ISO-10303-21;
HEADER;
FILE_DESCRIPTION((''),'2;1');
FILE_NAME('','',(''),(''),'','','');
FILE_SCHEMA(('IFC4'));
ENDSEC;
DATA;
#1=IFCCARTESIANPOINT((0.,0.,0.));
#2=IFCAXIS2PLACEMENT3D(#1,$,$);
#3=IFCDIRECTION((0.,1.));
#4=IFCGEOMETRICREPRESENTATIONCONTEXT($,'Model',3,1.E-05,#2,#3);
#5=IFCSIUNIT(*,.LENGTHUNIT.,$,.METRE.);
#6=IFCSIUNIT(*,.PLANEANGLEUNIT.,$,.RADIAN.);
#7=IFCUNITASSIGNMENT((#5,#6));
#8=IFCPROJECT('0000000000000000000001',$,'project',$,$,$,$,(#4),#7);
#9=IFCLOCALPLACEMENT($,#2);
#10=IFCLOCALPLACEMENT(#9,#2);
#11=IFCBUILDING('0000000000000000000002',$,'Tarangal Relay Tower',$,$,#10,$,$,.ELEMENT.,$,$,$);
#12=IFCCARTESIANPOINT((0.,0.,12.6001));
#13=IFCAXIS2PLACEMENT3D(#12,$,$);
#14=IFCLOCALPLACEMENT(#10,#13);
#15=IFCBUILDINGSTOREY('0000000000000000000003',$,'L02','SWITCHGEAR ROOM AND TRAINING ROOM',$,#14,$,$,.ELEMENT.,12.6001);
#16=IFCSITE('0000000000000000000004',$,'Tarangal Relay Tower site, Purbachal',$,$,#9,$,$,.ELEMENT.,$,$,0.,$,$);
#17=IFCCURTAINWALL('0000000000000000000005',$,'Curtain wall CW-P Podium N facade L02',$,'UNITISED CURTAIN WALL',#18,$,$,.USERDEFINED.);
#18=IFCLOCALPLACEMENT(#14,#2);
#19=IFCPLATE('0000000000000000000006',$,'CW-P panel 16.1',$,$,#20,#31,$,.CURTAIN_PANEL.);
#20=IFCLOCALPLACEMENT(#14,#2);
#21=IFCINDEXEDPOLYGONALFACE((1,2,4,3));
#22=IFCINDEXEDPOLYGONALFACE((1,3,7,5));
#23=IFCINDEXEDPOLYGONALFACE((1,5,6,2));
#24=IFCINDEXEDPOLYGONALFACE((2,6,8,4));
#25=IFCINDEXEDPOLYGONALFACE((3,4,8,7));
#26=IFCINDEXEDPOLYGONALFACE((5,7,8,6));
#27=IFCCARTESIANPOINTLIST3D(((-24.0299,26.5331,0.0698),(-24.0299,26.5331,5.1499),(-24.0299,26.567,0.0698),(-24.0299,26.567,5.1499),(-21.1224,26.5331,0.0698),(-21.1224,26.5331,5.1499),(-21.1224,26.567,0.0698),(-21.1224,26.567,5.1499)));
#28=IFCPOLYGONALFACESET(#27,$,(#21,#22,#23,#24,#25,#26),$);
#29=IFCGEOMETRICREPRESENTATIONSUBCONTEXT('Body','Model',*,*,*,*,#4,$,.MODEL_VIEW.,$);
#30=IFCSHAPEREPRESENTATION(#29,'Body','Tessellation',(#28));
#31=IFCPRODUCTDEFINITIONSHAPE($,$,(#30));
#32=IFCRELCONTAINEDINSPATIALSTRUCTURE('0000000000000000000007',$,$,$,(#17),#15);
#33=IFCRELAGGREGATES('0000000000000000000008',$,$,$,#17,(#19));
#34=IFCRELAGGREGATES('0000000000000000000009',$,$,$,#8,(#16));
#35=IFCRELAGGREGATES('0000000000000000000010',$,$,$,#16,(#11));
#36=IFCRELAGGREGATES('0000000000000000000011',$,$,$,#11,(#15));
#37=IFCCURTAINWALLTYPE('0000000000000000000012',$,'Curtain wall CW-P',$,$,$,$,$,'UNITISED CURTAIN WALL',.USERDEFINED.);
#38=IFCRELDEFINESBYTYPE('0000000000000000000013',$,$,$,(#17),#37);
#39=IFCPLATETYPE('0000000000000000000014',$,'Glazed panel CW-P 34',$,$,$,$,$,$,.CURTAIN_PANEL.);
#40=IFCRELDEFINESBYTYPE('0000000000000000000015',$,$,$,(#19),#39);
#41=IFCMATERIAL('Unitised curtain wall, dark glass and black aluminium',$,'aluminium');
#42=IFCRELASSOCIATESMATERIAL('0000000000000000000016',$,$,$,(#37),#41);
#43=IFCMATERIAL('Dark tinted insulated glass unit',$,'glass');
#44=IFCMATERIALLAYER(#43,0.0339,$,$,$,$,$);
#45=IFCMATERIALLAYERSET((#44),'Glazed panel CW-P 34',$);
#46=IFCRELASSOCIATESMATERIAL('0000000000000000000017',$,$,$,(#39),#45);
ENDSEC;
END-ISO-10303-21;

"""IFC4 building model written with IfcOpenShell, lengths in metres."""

from ifc_helpers import new_model, si_unit, direction, frame, origin, origin_2d, place, context, subcontext, project, spatial, rectangle, extrude, material, layer, layer_set, type_object, element, aggregate, save


model = new_model("IFC4")

# Units and contexts
model_context = context("Model", 3, precision=1e-05, world=origin(), true_north=direction((0.0, 1.0)))
body_context = subcontext(model_context, "Body", "Model", "MODEL_VIEW")
ifc_project = project(units=[si_unit("LENGTHUNIT", "METRE"), si_unit("PLANEANGLEUNIT", "RADIAN")], contexts=[model_context])

# Site, building, storey
site_placement = place(None, origin())
site = spatial("IfcSite", under=ifc_project, at=site_placement, Name="Tarangal Relay Tower site, Purbachal", CompositionType="ELEMENT", RefElevation=0.0)
building_placement = place(site_placement, origin())
building = spatial("IfcBuilding", under=site, at=building_placement, Name="Tarangal Relay Tower", CompositionType="ELEMENT")
storey_placement = place(building_placement, frame((0.0, 0.0, 12.6001)))
storey = spatial("IfcBuildingStorey", under=building, at=storey_placement, Name="L02", Description="SWITCHGEAR ROOM AND TRAINING ROOM", CompositionType="ELEMENT", Elevation=12.6001)

# Curtain wall
ifc_material_1 = material(Name="Unitised curtain wall, dark glass and black aluminium", Category="aluminium")
curtain_wall_type = type_object("IfcCurtainWallType", Name="Curtain wall CW-P", ElementType="UNITISED CURTAIN WALL", PredefinedType="USERDEFINED", material=ifc_material_1)
curtain_wall_placement = place(storey_placement, origin())
curtain_wall = element("IfcCurtainWall", 1, at=curtain_wall_placement, inside=storey, type_object=curtain_wall_type, Name="Curtain wall CW-P Podium N facade L02", ObjectType="UNITISED CURTAIN WALL", PredefinedType="USERDEFINED")

# Plate
ifc_material_2 = material(Name="Dark tinted insulated glass unit", Category="glass")
ifc_layer = layer(ifc_material_2, 0.0339)
ifc_layer_set = layer_set([ifc_layer], Name="Glazed panel CW-P 34")
plate_type = type_object("IfcPlateType", Name="Glazed panel CW-P 34", PredefinedType="CURTAIN_PANEL", material=ifc_layer_set)
plate_1_placement = place(storey_placement, frame((-22.5762, 26.55, 0.0698), z_axis=(0.0, 0.0, 1.0), x_axis=(-1.0, 0.0, 0.0)))
plate_1 = element("IfcPlate", 2, at=plate_1_placement, type_object=plate_type, Name="CW-P panel 16.1", PredefinedType="CURTAIN_PANEL", context=body_context, shape_type="SweptSolid", body=[
    extrude(rectangle(XDim=2.9075, YDim=0.0339, at=origin_2d()), origin(), (0.0, 0.0, 1.0), 5.0801),
])
aggregate(curtain_wall, [plate_1])

save(model, "model.ifc")
